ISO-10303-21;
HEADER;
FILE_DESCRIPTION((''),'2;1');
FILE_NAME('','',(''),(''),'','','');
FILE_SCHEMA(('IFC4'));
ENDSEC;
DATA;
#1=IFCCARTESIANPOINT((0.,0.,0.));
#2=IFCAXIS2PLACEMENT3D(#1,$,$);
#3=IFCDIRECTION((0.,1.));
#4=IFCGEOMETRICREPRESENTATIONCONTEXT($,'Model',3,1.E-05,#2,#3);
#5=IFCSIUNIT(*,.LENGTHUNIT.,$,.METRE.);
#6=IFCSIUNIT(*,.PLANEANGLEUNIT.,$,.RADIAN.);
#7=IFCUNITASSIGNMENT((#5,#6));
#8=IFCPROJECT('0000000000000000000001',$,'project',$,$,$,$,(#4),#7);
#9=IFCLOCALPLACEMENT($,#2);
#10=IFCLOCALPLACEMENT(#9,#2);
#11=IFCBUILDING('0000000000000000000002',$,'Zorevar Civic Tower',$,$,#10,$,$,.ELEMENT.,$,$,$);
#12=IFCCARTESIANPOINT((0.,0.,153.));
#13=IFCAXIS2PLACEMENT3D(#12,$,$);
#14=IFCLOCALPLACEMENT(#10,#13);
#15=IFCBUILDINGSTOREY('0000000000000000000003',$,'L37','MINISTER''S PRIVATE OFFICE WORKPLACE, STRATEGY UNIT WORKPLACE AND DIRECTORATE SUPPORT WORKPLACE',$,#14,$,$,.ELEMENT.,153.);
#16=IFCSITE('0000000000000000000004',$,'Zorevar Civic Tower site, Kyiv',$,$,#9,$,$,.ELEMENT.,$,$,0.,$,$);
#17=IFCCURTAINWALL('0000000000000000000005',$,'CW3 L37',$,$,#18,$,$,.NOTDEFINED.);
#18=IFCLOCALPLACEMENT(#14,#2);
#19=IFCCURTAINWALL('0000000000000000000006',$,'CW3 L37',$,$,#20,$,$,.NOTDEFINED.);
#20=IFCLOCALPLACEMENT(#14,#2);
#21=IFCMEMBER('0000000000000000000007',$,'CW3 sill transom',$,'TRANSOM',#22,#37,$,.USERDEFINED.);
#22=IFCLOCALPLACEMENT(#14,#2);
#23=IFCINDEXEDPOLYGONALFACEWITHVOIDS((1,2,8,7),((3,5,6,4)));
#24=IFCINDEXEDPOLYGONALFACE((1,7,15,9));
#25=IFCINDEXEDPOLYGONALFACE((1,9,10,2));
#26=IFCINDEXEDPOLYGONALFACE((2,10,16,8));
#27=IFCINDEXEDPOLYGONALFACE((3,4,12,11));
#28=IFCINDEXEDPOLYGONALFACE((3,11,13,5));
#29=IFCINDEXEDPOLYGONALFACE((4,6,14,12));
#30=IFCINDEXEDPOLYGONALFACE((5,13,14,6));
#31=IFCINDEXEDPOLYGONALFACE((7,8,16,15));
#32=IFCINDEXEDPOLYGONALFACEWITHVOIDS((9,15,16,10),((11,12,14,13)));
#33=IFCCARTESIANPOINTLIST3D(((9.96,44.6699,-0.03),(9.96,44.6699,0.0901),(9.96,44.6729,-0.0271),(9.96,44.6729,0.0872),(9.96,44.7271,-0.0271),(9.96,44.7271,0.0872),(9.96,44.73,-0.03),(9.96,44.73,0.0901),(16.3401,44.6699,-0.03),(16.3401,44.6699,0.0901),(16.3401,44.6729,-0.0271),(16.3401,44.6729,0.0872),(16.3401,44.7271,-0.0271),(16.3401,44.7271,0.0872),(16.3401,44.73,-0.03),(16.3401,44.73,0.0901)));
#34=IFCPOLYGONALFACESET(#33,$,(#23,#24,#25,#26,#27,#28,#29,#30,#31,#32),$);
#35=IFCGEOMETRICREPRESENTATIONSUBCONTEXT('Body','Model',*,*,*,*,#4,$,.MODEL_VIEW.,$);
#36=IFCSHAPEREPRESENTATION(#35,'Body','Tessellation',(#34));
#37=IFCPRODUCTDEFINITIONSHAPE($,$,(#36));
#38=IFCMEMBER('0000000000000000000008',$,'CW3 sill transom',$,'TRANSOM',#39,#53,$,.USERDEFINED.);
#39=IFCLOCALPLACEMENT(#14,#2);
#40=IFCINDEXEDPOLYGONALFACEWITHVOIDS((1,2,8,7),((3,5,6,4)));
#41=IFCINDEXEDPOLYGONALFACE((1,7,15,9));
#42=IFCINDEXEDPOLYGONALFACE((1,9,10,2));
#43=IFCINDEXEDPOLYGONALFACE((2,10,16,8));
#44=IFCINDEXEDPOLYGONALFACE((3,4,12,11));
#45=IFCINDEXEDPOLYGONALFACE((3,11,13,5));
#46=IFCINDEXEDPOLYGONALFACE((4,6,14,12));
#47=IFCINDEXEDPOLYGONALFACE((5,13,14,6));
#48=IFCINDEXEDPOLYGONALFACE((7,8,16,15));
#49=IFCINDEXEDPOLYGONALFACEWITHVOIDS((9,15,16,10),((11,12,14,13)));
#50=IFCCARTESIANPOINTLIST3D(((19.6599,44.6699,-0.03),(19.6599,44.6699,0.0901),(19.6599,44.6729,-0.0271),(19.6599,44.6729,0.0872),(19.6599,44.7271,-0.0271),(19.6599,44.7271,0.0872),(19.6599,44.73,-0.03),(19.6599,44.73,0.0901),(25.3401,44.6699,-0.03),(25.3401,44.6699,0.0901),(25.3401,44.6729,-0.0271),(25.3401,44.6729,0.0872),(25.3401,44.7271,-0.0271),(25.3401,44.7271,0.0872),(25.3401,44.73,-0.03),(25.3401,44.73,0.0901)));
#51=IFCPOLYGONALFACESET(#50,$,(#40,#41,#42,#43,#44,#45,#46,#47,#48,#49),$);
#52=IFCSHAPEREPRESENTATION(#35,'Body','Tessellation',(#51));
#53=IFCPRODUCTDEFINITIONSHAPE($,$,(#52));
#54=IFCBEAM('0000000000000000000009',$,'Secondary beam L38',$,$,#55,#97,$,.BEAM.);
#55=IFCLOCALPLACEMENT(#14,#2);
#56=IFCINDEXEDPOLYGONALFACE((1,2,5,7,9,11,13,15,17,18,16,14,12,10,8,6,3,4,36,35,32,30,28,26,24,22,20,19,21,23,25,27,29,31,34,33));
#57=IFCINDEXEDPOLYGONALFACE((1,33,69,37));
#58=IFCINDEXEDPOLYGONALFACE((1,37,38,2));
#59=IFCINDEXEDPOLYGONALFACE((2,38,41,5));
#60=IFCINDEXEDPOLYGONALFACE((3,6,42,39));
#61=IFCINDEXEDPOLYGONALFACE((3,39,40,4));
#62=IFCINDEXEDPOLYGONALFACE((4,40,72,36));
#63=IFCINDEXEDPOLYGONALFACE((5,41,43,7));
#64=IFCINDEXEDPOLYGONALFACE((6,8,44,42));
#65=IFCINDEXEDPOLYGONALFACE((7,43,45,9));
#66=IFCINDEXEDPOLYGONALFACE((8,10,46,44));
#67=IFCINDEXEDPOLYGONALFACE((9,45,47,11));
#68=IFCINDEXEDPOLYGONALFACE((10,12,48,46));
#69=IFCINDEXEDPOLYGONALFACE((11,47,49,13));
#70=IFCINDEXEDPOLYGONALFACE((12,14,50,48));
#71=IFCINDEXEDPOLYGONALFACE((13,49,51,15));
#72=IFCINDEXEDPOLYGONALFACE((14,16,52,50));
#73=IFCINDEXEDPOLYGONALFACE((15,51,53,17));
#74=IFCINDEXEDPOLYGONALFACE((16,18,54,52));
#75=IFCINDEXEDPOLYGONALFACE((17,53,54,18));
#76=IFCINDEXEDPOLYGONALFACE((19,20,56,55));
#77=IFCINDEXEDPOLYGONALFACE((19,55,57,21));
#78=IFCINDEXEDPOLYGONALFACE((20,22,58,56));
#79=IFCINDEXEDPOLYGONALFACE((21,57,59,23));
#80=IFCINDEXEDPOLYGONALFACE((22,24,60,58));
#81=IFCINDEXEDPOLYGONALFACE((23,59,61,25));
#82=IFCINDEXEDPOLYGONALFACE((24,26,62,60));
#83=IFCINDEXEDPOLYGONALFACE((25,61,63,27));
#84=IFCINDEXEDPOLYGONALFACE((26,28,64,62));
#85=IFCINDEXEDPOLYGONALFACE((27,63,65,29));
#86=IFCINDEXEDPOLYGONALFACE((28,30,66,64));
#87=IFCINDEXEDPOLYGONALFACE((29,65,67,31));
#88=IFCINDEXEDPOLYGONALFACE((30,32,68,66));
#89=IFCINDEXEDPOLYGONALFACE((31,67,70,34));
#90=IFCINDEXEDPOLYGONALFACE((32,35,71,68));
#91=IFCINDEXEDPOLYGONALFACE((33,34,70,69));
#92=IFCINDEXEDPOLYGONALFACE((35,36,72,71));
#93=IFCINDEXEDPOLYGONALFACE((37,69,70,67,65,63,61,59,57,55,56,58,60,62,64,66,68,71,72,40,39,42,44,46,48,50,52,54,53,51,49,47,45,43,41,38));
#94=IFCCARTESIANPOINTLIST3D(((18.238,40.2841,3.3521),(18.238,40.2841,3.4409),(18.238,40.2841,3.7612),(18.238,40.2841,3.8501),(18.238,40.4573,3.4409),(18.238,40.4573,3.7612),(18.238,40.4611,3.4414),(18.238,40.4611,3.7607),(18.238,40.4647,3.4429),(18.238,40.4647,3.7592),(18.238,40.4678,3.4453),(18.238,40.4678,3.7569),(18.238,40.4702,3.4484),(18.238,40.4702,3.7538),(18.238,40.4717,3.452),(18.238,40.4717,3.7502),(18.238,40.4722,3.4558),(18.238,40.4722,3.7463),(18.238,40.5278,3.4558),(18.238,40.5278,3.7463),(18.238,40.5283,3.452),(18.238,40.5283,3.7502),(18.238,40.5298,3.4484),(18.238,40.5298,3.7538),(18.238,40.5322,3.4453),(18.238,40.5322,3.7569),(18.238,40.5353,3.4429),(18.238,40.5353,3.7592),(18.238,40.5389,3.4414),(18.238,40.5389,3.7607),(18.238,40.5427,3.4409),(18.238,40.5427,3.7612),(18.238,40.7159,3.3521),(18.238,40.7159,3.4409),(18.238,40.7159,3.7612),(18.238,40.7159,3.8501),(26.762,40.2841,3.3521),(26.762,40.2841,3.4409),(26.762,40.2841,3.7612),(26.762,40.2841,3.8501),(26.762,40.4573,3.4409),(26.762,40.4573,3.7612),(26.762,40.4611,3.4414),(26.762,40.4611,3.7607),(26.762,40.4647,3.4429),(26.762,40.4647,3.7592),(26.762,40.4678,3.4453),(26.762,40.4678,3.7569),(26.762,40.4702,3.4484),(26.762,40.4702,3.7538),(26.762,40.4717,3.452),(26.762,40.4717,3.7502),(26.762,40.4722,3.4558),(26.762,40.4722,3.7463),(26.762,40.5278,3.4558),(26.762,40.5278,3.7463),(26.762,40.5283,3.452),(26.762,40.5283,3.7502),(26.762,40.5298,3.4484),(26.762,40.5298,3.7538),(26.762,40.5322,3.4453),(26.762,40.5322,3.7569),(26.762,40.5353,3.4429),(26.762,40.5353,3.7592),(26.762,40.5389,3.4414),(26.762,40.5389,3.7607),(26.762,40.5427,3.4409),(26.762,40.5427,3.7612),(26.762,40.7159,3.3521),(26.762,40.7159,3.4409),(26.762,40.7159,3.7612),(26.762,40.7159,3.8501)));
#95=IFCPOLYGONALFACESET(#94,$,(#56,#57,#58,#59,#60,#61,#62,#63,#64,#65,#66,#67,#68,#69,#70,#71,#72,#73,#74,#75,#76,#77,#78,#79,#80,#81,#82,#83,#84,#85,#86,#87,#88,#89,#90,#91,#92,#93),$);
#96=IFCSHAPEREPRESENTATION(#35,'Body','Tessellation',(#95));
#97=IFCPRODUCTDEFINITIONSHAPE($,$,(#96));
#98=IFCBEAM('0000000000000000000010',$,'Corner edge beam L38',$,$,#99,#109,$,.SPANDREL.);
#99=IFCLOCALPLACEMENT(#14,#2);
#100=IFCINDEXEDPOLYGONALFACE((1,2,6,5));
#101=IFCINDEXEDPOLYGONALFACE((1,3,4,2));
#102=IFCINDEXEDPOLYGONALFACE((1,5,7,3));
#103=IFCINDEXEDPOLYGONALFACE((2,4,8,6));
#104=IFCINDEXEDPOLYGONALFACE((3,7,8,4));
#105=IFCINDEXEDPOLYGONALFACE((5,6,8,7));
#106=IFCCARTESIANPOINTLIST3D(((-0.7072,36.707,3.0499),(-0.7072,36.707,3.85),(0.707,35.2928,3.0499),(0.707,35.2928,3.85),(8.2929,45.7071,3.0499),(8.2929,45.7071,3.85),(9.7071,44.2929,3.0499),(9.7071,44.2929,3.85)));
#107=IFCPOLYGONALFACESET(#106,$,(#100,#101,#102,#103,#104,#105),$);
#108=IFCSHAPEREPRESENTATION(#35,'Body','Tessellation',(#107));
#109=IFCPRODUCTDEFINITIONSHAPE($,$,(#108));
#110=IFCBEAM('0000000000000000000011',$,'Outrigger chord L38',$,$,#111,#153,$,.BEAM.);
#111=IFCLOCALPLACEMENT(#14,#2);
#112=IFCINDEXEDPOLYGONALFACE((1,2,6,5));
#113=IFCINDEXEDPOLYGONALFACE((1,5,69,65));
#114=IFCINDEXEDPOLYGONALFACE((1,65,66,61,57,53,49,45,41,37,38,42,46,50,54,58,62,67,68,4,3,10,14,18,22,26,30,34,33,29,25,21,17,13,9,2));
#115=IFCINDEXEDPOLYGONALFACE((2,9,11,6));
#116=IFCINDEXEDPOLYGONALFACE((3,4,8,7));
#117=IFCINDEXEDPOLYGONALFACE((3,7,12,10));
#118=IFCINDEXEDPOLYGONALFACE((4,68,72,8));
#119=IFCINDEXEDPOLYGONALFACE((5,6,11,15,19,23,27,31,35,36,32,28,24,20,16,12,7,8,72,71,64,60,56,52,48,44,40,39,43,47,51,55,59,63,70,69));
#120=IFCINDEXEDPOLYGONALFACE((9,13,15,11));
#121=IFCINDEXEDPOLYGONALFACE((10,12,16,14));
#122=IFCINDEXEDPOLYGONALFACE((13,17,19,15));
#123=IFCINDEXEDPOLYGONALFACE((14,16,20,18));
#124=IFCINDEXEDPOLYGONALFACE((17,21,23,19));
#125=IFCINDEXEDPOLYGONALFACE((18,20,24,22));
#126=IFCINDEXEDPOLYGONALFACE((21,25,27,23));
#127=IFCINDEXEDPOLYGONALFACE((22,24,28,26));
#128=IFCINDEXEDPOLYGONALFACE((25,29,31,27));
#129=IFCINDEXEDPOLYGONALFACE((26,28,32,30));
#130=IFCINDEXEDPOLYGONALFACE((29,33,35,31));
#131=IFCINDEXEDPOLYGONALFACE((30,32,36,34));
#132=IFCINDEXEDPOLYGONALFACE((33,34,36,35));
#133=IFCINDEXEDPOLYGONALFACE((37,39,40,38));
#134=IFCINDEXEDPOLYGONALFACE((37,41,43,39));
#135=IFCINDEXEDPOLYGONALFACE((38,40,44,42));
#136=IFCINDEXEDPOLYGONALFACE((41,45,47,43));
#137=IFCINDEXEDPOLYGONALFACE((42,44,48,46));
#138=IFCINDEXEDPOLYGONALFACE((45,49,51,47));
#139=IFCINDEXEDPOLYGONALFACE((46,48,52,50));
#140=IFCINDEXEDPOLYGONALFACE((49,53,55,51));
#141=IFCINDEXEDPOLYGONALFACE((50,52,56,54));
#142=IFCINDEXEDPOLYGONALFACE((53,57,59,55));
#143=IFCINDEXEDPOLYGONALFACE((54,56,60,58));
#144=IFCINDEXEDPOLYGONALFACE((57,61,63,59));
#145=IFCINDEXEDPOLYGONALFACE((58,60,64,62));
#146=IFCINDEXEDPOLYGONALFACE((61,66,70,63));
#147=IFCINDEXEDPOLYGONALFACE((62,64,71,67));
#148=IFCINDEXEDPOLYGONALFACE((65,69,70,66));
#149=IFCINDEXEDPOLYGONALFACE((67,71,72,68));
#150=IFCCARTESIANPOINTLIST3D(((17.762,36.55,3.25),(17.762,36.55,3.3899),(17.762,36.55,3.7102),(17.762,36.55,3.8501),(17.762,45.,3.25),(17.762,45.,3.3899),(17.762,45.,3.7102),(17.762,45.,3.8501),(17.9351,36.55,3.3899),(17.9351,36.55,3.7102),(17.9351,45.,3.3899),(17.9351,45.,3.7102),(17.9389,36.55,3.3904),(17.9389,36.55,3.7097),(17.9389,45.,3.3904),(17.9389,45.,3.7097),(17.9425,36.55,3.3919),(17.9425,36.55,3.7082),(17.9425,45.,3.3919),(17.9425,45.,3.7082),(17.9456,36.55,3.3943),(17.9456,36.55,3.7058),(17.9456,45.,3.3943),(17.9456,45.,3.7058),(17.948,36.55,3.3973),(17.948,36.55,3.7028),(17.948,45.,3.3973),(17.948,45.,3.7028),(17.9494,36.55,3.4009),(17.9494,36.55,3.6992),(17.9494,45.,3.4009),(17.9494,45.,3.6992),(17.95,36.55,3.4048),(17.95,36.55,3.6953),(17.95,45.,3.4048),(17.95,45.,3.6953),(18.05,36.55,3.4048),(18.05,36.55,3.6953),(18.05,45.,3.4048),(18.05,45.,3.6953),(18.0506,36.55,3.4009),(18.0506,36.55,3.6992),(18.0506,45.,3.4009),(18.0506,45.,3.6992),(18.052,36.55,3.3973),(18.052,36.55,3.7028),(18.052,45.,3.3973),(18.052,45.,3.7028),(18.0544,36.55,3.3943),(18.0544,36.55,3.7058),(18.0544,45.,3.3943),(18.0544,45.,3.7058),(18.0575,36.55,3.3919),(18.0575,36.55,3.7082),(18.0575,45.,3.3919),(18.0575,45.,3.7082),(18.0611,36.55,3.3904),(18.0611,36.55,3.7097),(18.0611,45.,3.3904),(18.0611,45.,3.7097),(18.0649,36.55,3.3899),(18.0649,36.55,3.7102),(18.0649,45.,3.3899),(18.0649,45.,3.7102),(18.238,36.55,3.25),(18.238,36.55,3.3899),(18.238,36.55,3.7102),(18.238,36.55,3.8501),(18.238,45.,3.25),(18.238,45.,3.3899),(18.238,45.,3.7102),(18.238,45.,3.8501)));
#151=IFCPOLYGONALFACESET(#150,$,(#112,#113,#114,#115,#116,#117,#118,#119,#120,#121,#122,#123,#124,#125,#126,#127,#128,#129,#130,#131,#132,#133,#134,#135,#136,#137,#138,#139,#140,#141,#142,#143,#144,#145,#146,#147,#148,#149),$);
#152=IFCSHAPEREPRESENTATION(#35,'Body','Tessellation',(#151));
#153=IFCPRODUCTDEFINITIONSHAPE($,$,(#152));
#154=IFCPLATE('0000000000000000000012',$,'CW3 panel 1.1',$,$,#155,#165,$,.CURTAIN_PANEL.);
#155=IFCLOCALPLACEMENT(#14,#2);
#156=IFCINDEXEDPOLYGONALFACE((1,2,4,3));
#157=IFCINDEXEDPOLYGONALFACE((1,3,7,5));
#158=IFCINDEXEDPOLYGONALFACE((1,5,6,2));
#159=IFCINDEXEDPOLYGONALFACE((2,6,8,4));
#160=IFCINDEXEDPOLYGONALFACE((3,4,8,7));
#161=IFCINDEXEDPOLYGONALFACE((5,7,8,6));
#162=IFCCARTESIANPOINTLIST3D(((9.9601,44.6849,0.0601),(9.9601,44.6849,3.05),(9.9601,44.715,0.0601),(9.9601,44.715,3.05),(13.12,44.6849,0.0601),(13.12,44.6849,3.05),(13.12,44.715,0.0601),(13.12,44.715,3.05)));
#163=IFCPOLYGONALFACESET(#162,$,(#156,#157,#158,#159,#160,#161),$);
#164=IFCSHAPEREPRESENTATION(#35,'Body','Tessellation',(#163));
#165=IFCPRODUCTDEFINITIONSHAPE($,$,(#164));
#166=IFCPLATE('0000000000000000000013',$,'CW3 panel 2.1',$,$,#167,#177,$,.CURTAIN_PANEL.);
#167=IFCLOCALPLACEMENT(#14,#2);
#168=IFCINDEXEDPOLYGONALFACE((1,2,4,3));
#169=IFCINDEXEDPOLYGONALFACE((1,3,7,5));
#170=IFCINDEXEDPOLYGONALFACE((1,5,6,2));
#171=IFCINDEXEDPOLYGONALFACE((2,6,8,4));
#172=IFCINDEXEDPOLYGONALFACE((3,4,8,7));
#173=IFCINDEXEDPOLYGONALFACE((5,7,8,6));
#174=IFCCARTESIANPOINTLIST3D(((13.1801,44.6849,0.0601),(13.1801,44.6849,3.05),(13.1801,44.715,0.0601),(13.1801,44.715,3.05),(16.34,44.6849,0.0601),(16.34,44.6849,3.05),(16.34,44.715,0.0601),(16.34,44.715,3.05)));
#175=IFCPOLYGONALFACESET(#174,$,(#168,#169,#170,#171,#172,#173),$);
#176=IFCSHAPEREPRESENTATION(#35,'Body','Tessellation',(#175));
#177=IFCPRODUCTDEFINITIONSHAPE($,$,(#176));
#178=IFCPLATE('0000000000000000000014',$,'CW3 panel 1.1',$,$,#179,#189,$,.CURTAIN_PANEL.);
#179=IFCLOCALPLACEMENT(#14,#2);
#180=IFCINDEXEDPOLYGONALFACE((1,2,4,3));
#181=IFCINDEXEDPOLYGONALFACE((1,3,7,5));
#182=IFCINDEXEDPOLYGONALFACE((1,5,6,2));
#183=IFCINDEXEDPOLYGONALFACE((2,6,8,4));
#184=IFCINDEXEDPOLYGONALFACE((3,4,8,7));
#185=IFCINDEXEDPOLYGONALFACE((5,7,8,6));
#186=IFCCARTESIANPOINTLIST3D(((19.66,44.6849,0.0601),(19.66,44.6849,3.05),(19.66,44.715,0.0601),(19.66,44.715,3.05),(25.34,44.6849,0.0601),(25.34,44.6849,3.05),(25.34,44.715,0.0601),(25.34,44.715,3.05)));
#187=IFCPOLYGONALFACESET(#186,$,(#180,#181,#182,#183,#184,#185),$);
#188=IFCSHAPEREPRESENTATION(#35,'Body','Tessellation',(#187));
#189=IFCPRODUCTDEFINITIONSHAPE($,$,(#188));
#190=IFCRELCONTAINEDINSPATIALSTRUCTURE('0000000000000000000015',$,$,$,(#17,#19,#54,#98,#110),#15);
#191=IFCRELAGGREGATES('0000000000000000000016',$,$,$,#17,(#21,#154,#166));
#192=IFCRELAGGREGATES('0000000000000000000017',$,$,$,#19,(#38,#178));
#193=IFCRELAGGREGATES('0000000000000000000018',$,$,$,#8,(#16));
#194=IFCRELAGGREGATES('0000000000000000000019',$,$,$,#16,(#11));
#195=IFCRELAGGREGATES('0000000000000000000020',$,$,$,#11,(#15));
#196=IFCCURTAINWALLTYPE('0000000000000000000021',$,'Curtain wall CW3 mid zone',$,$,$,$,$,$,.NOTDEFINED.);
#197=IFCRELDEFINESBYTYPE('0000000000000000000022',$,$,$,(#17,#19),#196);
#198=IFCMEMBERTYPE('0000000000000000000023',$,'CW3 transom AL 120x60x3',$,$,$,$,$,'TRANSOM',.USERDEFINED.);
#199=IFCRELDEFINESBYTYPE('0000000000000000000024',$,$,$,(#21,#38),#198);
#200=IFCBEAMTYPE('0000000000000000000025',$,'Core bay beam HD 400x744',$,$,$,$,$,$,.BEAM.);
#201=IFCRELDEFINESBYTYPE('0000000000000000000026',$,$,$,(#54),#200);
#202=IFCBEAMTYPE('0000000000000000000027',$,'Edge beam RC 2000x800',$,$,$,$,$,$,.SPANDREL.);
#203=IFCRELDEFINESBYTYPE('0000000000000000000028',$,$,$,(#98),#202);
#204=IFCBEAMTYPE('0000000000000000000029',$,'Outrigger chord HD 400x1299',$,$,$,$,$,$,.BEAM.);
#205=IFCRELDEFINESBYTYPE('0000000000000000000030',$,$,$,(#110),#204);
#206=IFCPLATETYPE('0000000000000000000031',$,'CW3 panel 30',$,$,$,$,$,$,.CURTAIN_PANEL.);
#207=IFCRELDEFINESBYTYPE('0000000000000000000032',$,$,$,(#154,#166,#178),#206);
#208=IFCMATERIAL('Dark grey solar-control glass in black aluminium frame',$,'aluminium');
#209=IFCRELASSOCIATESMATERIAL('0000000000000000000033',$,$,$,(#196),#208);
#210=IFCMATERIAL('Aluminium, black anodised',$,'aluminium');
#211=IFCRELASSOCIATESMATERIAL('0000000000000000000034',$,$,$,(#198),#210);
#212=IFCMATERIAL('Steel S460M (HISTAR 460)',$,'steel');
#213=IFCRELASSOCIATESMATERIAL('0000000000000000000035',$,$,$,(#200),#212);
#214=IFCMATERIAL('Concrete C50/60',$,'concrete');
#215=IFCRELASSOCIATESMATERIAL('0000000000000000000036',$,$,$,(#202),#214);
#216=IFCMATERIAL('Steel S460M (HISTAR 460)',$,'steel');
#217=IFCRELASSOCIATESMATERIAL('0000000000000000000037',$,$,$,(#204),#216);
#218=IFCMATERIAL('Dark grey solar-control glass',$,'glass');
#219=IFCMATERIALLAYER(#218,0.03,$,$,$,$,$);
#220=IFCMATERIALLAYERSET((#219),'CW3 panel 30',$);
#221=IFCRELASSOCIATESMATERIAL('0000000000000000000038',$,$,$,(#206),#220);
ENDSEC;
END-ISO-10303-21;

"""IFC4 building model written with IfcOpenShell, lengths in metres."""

from ifc_helpers import new_model, si_unit, direction, frame, origin, origin_2d, place, context, subcontext, project, spatial, rectangle, hollow_rectangle, i_section, extrude, material, layer, layer_set, material_profile, profile_set, type_object, element, aggregate, save


model = new_model("IFC4")

# Units and contexts
model_context = context("Model", 3, precision=1e-05, world=origin(), true_north=direction((0.0, 1.0)))
body_context = subcontext(model_context, "Body", "Model", "MODEL_VIEW")
ifc_project = project(units=[si_unit("LENGTHUNIT", "METRE"), si_unit("PLANEANGLEUNIT", "RADIAN")], contexts=[model_context])

# Site, building, storey
site_placement = place(None, origin())
site = spatial("IfcSite", under=ifc_project, at=site_placement, Name="Zorevar Civic Tower site, Kyiv", CompositionType="ELEMENT", RefElevation=0.0)
building_placement = place(site_placement, origin())
building = spatial("IfcBuilding", under=site, at=building_placement, Name="Zorevar Civic Tower", CompositionType="ELEMENT")
storey_placement = place(building_placement, frame((0.0, 0.0, 153.0)))
storey = spatial("IfcBuildingStorey", under=building, at=storey_placement, Name="L37", Description="MINISTER'S PRIVATE OFFICE WORKPLACE, STRATEGY UNIT WORKPLACE AND DIRECTORATE SUPPORT WORKPLACE", CompositionType="ELEMENT", Elevation=153.0)

# Curtain walls
ifc_material_1 = material(Name="Dark grey solar-control glass in black aluminium frame", Category="aluminium")
curtain_wall_type = type_object("IfcCurtainWallType", Name="Curtain wall CW3 mid zone", PredefinedType="NOTDEFINED", material=ifc_material_1)
curtain_wall_1_placement = place(storey_placement, origin())
curtain_wall_1 = element("IfcCurtainWall", 1, at=curtain_wall_1_placement, inside=storey, type_object=curtain_wall_type, Name="CW3 L37", PredefinedType="NOTDEFINED")
curtain_wall_2_placement = place(storey_placement, origin())
curtain_wall_2 = element("IfcCurtainWall", 2, at=curtain_wall_2_placement, inside=storey, type_object=curtain_wall_type, Name="CW3 L37", PredefinedType="NOTDEFINED")

# Members
ifc_material_2 = material(Name="Aluminium, black anodised", Category="aluminium")
ifc_material_profile_1 = material_profile(ifc_material_2, hollow_rectangle(XDim=0.0601, YDim=0.1201, WallThickness=0.0029, at=origin_2d()), Name="AL 120x60x3")
ifc_profile_set_1 = profile_set([ifc_material_profile_1], Name="Aluminium, black anodised")
member_type_1 = type_object("IfcMemberType", Name="CW3 transom AL 120x60x3", ElementType="TRANSOM", PredefinedType="USERDEFINED", material=ifc_profile_set_1)
member_1_placement = place(storey_placement, frame((9.96, 44.7, 0.03), z_axis=(1.0, 0.0, 0.0), x_axis=(0.0, 1.0, 0.0)))
member_1 = element("IfcMember", 3, at=member_1_placement, type_object=member_type_1, Name="CW3 sill transom", ObjectType="TRANSOM", PredefinedType="USERDEFINED", context=body_context, shape_type="SweptSolid", body=[
    extrude(hollow_rectangle(XDim=0.0601, YDim=0.1201, WallThickness=0.0029, at=origin_2d()), origin(), (0.0, 0.0, 1.0), 6.3801),
])
member_2_placement = place(storey_placement, frame((19.6599, 44.7, 0.03), z_axis=(1.0, 0.0, 0.0), x_axis=(0.0, 1.0, 0.0)))
member_2 = element("IfcMember", 4, at=member_2_placement, type_object=member_type_1, Name="CW3 sill transom", ObjectType="TRANSOM", PredefinedType="USERDEFINED", context=body_context, shape_type="SweptSolid", body=[
    extrude(hollow_rectangle(XDim=0.0601, YDim=0.1201, WallThickness=0.0029, at=origin_2d()), origin(), (0.0, 0.0, 1.0), 5.6802),
])

# Beams
ifc_material_3 = material(Name="Steel S460M (HISTAR 460)", Category="steel")
ifc_material_profile_2 = material_profile(ifc_material_3, i_section(OverallWidth=0.4319, OverallDepth=0.498, WebThickness=0.0557, FlangeThickness=0.0889, FilletRadius=0.0149, at=origin_2d()), Name="HD 400x744")
ifc_profile_set_2 = profile_set([ifc_material_profile_2], Name="Steel S460M (HISTAR 460)")
beam_type_1 = type_object("IfcBeamType", Name="Core bay beam HD 400x744", PredefinedType="BEAM", material=ifc_profile_set_2)
beam_1_placement = place(storey_placement, frame((18.238, 40.5, 3.6011), z_axis=(1.0, 0.0, 0.0), x_axis=(0.0, 1.0, 0.0)))
element("IfcBeam", 5, at=beam_1_placement, inside=storey, type_object=beam_type_1, Name="Secondary beam L38", PredefinedType="BEAM", context=body_context, shape_type="SweptSolid", body=[
    extrude(i_section(OverallWidth=0.4319, OverallDepth=0.498, WebThickness=0.0557, FlangeThickness=0.0889, FilletRadius=0.0149, at=origin_2d()), origin(), (0.0, 0.0, 1.0), 8.5239),
])
ifc_material_4 = material(Name="Concrete C50/60", Category="concrete")
ifc_material_profile_3 = material_profile(ifc_material_4, rectangle(XDim=2.0, YDim=0.8, at=origin_2d()), Name="RC 2000x800")
ifc_profile_set_3 = profile_set([ifc_material_profile_3], Name="Concrete C50/60")
beam_type_2 = type_object("IfcBeamType", Name="Edge beam RC 2000x800", PredefinedType="SPANDREL", material=ifc_profile_set_3)
beam_2_placement = place(storey_placement, frame((9.0, 45.0, 3.45), z_axis=(-0.707107, -0.707107, 0.0), x_axis=(0.707107, -0.707107, 0.0)))
element("IfcBeam", 6, at=beam_2_placement, inside=storey, type_object=beam_type_2, Name="Corner edge beam L38", PredefinedType="SPANDREL", context=body_context, shape_type="SweptSolid", body=[
    extrude(rectangle(XDim=2.0, YDim=0.8, at=origin_2d()), origin(), (0.0, 0.0, 1.0), 12.728),
])
ifc_material_5 = material(Name="Steel S460M (HISTAR 460)", Category="steel")
ifc_material_profile_4 = material_profile(ifc_material_5, i_section(OverallWidth=0.4761, OverallDepth=0.6001, WebThickness=0.1001, FlangeThickness=0.1399, FilletRadius=0.0149, at=origin_2d()), Name="HD 400x1299")
ifc_profile_set_4 = profile_set([ifc_material_profile_4], Name="Steel S460M (HISTAR 460)")
beam_type_3 = type_object("IfcBeamType", Name="Outrigger chord HD 400x1299", PredefinedType="BEAM", material=ifc_profile_set_4)
beam_3_placement = place(storey_placement, frame((18.0, 36.55, 3.55), z_axis=(0.0, 1.0, 0.0), x_axis=(-1.0, 0.0, 0.0)))
element("IfcBeam", 7, at=beam_3_placement, inside=storey, type_object=beam_type_3, Name="Outrigger chord L38", PredefinedType="BEAM", context=body_context, shape_type="SweptSolid", body=[
    extrude(i_section(OverallWidth=0.4761, OverallDepth=0.6001, WebThickness=0.1001, FlangeThickness=0.1399, FilletRadius=0.0149, at=origin_2d()), origin(), (0.0, 0.0, 1.0), 8.45),
])

# Plates
ifc_material_6 = material(Name="Dark grey solar-control glass", Category="glass")
ifc_layer_1 = layer(ifc_material_6, 0.03)
ifc_layer_set_1 = layer_set([ifc_layer_1], Name="CW3 panel 30")
plate_type = type_object("IfcPlateType", Name="CW3 panel 30", PredefinedType="CURTAIN_PANEL", material=ifc_layer_set_1)
plate_1_placement = place(storey_placement, frame((11.54, 44.7, 0.0601), z_axis=(0.0, 0.0, 1.0), x_axis=(1.0, 0.0, 0.0)))
plate_1 = element("IfcPlate", 8, at=plate_1_placement, type_object=plate_type, Name="CW3 panel 1.1", PredefinedType="CURTAIN_PANEL", context=body_context, shape_type="SweptSolid", body=[
    extrude(rectangle(XDim=3.1599, YDim=0.03, at=origin_2d()), origin(), (0.0, 0.0, 1.0), 2.99),
])
plate_2_placement = place(storey_placement, frame((14.76, 44.7, 0.0601), z_axis=(0.0, 0.0, 1.0), x_axis=(1.0, 0.0, 0.0)))
plate_2 = element("IfcPlate", 9, at=plate_2_placement, type_object=plate_type, Name="CW3 panel 2.1", PredefinedType="CURTAIN_PANEL", context=body_context, shape_type="SweptSolid", body=[
    extrude(rectangle(XDim=3.1599, YDim=0.03, at=origin_2d()), origin(), (0.0, 0.0, 1.0), 2.99),
])
aggregate(curtain_wall_1, [member_1, plate_1, plate_2])
plate_3_placement = place(storey_placement, frame((22.5, 44.7, 0.0601), z_axis=(0.0, 0.0, 1.0), x_axis=(1.0, 0.0, 0.0)))
plate_3 = element("IfcPlate", 10, at=plate_3_placement, type_object=plate_type, Name="CW3 panel 1.1", PredefinedType="CURTAIN_PANEL", context=body_context, shape_type="SweptSolid", body=[
    extrude(rectangle(XDim=5.6799, YDim=0.03, at=origin_2d()), origin(), (0.0, 0.0, 1.0), 2.99),
])
aggregate(curtain_wall_2, [member_2, plate_3])

save(model, "model.ifc")
